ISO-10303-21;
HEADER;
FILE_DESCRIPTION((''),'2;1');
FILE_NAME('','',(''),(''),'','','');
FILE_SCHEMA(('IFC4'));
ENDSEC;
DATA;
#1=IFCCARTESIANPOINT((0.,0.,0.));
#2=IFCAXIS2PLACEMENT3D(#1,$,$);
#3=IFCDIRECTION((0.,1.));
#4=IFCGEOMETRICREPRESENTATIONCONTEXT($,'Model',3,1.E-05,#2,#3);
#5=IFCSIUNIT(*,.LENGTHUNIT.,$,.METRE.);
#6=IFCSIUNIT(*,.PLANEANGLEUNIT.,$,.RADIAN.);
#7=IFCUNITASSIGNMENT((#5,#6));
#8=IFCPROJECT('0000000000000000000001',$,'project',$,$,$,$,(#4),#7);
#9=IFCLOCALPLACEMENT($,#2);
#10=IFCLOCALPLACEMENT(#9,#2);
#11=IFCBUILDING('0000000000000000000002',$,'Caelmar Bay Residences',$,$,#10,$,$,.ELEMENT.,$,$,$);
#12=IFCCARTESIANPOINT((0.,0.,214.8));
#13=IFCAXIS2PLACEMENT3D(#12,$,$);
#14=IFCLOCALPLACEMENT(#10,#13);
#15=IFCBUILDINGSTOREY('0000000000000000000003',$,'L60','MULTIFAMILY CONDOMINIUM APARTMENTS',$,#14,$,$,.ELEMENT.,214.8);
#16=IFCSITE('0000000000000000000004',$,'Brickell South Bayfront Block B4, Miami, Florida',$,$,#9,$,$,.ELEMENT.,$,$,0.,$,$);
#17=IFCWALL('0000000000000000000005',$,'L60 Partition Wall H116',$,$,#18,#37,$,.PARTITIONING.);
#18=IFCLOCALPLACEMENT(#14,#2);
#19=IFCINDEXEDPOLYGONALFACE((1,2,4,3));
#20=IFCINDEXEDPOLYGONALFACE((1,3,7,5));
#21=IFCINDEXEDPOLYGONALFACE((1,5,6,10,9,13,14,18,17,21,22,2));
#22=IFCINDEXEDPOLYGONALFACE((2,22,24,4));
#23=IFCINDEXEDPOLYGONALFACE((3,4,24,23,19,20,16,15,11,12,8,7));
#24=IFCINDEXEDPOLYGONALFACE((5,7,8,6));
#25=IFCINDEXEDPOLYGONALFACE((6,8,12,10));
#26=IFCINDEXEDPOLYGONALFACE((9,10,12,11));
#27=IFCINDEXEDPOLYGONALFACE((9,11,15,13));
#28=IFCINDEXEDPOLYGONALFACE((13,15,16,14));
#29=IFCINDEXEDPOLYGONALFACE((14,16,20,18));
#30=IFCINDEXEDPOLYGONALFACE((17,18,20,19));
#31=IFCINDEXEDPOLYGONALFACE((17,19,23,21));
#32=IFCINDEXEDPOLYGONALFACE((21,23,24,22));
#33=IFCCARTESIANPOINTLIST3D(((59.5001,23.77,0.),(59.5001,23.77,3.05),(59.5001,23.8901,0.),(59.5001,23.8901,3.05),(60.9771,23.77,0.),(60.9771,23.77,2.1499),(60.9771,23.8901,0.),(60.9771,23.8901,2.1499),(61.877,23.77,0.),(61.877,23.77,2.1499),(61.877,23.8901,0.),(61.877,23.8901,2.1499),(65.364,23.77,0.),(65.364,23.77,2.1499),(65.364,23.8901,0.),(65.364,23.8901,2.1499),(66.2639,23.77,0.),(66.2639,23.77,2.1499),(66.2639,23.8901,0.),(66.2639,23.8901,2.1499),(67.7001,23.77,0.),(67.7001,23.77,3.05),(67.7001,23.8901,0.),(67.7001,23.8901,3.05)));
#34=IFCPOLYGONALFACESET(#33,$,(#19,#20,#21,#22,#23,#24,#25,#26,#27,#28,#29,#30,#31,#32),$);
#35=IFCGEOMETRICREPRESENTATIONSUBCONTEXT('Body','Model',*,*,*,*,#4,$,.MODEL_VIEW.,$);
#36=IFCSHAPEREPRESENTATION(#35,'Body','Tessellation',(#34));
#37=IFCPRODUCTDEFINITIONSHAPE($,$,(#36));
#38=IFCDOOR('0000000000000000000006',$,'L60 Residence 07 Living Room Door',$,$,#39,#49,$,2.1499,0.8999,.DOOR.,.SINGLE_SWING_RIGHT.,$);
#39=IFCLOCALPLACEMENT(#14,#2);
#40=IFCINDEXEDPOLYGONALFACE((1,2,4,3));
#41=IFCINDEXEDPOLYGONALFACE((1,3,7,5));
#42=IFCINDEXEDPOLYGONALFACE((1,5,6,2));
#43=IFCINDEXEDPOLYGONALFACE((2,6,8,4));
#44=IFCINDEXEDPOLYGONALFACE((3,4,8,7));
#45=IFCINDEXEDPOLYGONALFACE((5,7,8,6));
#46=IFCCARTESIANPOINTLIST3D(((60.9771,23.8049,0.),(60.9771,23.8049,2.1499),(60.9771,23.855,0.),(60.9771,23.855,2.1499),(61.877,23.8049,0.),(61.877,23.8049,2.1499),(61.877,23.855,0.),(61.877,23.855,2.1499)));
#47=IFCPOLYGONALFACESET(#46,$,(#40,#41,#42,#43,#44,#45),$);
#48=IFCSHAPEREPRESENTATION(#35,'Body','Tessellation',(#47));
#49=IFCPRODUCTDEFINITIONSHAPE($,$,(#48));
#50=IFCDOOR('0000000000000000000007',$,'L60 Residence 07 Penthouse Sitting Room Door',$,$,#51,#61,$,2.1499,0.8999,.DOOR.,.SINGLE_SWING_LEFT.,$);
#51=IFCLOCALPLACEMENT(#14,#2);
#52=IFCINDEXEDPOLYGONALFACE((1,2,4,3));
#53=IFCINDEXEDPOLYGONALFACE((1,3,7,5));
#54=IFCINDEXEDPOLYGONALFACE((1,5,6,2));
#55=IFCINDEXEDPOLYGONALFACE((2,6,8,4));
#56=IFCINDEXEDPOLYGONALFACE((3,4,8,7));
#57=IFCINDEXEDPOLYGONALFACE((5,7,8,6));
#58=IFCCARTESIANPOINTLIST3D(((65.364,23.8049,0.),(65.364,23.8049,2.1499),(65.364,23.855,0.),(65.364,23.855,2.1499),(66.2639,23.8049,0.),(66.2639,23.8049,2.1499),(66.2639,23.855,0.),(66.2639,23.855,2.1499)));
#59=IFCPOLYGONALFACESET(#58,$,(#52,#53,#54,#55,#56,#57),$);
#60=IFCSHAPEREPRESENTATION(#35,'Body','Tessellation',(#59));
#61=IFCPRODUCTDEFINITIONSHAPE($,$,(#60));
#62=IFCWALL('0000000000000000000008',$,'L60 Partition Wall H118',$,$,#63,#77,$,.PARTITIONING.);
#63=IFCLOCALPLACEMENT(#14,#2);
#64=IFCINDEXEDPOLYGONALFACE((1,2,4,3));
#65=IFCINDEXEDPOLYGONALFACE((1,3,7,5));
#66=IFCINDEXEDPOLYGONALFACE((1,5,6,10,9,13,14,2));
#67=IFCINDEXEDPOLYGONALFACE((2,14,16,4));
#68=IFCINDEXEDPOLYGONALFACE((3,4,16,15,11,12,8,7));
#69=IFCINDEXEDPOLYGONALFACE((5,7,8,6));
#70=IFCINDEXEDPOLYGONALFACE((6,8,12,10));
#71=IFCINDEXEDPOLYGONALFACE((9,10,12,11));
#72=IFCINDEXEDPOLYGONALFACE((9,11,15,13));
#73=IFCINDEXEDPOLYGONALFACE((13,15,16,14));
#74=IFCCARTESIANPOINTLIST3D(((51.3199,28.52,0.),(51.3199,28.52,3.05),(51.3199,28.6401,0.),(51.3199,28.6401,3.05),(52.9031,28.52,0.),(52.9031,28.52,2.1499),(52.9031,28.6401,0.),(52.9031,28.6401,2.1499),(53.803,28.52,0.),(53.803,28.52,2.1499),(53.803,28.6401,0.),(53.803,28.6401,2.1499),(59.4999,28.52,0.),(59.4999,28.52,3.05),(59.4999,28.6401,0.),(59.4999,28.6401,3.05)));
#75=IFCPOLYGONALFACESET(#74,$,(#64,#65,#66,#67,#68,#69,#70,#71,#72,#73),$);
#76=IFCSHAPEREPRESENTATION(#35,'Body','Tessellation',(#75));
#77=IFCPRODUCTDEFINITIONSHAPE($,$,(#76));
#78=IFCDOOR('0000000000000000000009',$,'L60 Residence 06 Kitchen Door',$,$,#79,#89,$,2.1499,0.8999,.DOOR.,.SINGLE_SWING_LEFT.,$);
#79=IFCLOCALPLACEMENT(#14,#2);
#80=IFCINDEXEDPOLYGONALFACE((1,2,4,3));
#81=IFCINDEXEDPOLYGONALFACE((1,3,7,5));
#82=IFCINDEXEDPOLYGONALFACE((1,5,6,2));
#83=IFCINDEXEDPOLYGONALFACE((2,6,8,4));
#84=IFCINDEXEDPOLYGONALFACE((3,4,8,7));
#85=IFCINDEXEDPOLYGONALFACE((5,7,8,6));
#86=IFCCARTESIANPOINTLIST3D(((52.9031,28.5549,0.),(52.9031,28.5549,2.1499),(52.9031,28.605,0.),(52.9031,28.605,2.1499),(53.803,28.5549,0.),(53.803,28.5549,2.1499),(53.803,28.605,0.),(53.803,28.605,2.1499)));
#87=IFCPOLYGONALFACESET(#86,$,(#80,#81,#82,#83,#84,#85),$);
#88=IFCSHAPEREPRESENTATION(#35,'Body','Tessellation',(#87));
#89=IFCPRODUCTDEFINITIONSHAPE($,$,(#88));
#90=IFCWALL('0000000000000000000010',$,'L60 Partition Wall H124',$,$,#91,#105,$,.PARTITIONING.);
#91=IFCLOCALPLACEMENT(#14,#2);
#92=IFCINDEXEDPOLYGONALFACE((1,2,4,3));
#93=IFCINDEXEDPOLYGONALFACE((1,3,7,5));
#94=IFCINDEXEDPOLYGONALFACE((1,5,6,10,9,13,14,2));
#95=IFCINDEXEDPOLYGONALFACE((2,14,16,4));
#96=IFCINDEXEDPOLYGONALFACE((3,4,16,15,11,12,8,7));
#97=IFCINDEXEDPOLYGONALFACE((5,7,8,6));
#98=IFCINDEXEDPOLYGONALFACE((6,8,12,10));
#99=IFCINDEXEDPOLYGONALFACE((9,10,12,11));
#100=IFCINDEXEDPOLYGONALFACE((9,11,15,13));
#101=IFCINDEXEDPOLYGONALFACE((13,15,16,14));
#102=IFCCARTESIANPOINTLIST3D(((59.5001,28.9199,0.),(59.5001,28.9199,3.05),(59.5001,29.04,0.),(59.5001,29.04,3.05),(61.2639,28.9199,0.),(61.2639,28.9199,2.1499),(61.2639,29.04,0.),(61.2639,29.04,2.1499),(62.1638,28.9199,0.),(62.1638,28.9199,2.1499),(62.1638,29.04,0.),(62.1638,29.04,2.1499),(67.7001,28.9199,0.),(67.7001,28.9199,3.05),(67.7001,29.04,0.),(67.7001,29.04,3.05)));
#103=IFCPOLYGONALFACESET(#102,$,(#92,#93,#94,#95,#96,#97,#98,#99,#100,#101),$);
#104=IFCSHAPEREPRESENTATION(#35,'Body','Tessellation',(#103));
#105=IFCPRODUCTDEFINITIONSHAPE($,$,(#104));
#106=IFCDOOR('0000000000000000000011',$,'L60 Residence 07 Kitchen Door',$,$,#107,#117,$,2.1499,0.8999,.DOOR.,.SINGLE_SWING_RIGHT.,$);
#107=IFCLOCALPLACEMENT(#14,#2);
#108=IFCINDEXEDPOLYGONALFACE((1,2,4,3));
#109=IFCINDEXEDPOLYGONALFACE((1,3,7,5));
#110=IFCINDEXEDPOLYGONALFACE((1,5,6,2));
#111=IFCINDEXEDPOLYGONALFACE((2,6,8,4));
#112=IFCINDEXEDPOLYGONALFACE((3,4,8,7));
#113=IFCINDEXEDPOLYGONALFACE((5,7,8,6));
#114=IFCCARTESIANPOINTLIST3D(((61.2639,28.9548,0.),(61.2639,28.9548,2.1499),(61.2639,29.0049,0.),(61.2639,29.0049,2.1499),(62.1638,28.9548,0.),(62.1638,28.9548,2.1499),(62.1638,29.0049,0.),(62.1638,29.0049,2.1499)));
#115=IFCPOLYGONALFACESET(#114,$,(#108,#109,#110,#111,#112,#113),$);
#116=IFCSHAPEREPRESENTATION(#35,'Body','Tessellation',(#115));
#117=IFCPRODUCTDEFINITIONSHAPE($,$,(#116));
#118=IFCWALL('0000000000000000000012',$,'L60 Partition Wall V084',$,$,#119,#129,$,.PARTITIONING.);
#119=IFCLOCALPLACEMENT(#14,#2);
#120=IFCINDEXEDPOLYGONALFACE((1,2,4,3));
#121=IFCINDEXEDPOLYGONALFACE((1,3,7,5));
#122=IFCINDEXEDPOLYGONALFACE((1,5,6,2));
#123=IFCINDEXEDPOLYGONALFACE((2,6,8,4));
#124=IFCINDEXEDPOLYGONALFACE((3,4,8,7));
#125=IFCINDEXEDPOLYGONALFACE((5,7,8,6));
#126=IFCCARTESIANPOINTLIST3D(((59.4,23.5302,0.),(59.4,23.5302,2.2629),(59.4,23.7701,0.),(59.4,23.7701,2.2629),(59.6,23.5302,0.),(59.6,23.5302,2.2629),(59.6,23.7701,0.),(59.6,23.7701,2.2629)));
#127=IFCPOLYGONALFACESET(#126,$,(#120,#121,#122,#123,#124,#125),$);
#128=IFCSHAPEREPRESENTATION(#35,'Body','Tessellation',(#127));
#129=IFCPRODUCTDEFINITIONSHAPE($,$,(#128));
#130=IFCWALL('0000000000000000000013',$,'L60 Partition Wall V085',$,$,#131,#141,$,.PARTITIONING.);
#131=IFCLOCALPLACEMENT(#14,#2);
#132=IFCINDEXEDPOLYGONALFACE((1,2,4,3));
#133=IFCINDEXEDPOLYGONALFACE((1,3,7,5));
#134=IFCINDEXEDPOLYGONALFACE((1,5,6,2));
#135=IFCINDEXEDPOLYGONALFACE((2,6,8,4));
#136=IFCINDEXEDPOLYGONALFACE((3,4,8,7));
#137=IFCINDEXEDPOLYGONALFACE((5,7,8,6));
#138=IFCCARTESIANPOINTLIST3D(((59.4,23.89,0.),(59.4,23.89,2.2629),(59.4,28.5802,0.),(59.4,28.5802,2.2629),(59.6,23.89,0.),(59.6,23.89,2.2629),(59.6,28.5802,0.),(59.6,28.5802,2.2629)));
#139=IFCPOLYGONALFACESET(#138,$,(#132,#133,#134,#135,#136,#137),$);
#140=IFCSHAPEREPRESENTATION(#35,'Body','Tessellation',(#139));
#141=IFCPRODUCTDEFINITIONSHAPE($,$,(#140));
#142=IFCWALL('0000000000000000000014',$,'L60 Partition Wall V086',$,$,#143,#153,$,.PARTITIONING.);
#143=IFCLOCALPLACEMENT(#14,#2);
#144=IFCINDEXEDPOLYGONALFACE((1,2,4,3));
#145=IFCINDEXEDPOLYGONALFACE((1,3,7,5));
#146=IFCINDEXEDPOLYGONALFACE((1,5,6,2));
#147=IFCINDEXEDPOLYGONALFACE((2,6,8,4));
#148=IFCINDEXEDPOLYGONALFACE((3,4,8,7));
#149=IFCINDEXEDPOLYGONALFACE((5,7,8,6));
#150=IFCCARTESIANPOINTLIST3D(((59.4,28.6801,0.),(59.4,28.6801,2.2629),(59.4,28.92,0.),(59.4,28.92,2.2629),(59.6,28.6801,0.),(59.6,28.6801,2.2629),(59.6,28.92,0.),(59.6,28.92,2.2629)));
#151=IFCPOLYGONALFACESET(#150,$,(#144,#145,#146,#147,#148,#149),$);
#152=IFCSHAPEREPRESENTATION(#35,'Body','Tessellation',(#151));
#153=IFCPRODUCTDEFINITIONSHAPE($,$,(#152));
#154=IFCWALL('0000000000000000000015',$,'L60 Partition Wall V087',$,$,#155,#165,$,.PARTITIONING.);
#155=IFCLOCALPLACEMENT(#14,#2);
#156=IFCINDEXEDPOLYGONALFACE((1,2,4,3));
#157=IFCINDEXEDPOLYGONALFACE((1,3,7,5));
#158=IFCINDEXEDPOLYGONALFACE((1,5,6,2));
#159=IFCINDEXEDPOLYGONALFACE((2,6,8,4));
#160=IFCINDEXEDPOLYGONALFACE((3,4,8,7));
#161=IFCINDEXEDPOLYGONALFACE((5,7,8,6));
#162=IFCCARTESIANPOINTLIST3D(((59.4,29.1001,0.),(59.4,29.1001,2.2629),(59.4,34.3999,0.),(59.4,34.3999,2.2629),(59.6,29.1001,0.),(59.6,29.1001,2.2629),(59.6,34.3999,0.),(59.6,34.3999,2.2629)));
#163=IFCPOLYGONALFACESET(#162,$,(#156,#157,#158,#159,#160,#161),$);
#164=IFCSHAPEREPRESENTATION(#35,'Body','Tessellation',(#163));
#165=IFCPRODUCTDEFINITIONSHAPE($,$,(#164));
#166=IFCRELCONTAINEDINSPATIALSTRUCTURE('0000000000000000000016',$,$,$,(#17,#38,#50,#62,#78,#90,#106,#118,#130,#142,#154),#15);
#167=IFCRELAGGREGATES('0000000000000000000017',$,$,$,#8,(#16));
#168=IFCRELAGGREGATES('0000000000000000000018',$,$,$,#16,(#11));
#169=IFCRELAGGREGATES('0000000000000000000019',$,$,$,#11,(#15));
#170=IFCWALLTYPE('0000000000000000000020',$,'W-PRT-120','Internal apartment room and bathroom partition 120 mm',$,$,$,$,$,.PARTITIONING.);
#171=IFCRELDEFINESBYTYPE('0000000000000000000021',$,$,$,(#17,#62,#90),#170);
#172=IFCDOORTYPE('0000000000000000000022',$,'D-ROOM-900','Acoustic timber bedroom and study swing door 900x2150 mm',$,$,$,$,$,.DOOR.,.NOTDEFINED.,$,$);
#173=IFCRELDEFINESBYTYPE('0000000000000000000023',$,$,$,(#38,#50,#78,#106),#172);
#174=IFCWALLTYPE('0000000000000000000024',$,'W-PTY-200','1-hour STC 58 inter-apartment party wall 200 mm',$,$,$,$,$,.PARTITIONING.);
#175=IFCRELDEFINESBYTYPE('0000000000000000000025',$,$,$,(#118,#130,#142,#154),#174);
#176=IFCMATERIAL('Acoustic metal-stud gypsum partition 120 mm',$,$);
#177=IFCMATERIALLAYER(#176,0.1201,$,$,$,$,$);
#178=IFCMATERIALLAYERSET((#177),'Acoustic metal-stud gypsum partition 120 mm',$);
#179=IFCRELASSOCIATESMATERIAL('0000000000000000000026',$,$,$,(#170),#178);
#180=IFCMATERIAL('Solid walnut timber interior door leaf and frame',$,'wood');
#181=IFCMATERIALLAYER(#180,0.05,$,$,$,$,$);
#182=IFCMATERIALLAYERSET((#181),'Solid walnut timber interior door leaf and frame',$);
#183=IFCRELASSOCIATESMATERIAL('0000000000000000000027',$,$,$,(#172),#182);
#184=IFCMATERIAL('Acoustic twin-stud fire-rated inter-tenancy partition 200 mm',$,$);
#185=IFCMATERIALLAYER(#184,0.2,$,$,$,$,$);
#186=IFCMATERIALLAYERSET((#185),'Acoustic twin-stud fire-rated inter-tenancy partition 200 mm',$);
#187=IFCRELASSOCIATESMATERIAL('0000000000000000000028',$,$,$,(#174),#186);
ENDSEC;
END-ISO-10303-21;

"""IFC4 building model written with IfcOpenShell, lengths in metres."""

from ifc_helpers import new_model, si_unit, direction, frame, frame_2d, origin, place, context, subcontext, project, spatial, rectangle, extrude, material, layer, layer_set, type_object, element, fill, save


model = new_model("IFC4")

# Units and contexts
model_context = context("Model", 3, precision=1e-05, world=origin(), true_north=direction((0.0, 1.0)))
body_context = subcontext(model_context, "Body", "Model", "MODEL_VIEW")
ifc_project = project(units=[si_unit("LENGTHUNIT", "METRE"), si_unit("PLANEANGLEUNIT", "RADIAN")], contexts=[model_context])

# Site, building, storey
site_placement = place(None, origin())
site = spatial("IfcSite", under=ifc_project, at=site_placement, Name="Brickell South Bayfront Block B4, Miami, Florida", CompositionType="ELEMENT", RefElevation=0.0)
building_placement = place(site_placement, origin())
building = spatial("IfcBuilding", under=site, at=building_placement, Name="Caelmar Bay Residences", CompositionType="ELEMENT")
storey_placement = place(building_placement, frame((0.0, 0.0, 214.8)))
storey = spatial("IfcBuildingStorey", under=building, at=storey_placement, Name="L60", Description="MULTIFAMILY CONDOMINIUM APARTMENTS", CompositionType="ELEMENT", Elevation=214.8)

# Shared definitions
ifc_material_1 = material(Name="Acoustic metal-stud gypsum partition 120 mm")
ifc_layer_1 = layer(ifc_material_1, 0.1201)
ifc_layer_set_1 = layer_set([ifc_layer_1], Name="Acoustic metal-stud gypsum partition 120 mm")
wall_type_1 = type_object("IfcWallType", Name="W-PRT-120", Description="Internal apartment room and bathroom partition 120 mm", PredefinedType="PARTITIONING", material=ifc_layer_set_1)
ifc_material_2 = material(Name="Solid walnut timber interior door leaf and frame", Category="wood")
ifc_layer_2 = layer(ifc_material_2, 0.05)
ifc_layer_set_2 = layer_set([ifc_layer_2], Name="Solid walnut timber interior door leaf and frame")
door_type_1 = type_object("IfcDoorType", Name="D-ROOM-900", Description="Acoustic timber bedroom and study swing door 900x2150 mm", OperationType="NOTDEFINED", PredefinedType="DOOR", material=ifc_layer_set_2)

# Wall, openings, doors
wall_1_placement = place(storey_placement, frame((59.5, 23.8301, 0.0), z_axis=(0.0, 0.0, 1.0), x_axis=(1.0, 0.0, 0.0)))
wall_1 = element("IfcWall", 1, at=wall_1_placement, inside=storey, type_object=wall_type_1, Name="L60 Partition Wall H116", PredefinedType="PARTITIONING", context=body_context, shape_type="SweptSolid", body=[
    extrude(rectangle(XDim=8.2, YDim=0.1201, at=frame_2d((4.1001, 0.0))), origin(), (0.0, 0.0, 1.0), 3.05),
])
opening_1_placement = place(wall_1_placement, frame((1.4771, 0.0, 0.0)))
opening_1 = element("IfcOpeningElement", 2, at=opening_1_placement, cuts=wall_1, PredefinedType="OPENING", context=body_context, shape_type="SweptSolid", body=[
    extrude(rectangle(XDim=0.8999, YDim=2.1499, at=frame_2d((0.45, 1.075))), frame((0.0, 0.0701, 0.0), z_axis=(0.0, -1.0, 0.0), x_axis=(1.0, 0.0, 0.0)), (0.0, 0.0, 1.0), 0.1401),
])
opening_2_placement = place(wall_1_placement, frame((5.864, 0.0, 0.0)))
opening_2 = element("IfcOpeningElement", 3, at=opening_2_placement, cuts=wall_1, PredefinedType="OPENING", context=body_context, shape_type="SweptSolid", body=[
    extrude(rectangle(XDim=0.8999, YDim=2.1499, at=frame_2d((0.45, 1.075))), frame((0.0, 0.0701, 0.0), z_axis=(0.0, -1.0, 0.0), x_axis=(1.0, 0.0, 0.0)), (0.0, 0.0, 1.0), 0.1401),
])
door_1_placement = place(opening_1_placement, origin())
door_1 = element("IfcDoor", 4, at=door_1_placement, inside=storey, type_object=door_type_1, Name="L60 Residence 07 Living Room Door", OperationType="SINGLE_SWING_RIGHT", OverallHeight=2.1499, OverallWidth=0.8999, PredefinedType="DOOR", context=body_context, shape_type="SweptSolid", body=[
    extrude(rectangle(XDim=0.8999, YDim=2.1499, at=frame_2d((0.45, 1.075))), frame((0.0, 0.0249, 0.0), z_axis=(0.0, -1.0, 0.0), x_axis=(1.0, 0.0, 0.0)), (0.0, 0.0, 1.0), 0.05),
])
fill(opening_1, door_1)
door_2_placement = place(opening_2_placement, origin())
door_2 = element("IfcDoor", 5, at=door_2_placement, inside=storey, type_object=door_type_1, Name="L60 Residence 07 Penthouse Sitting Room Door", OperationType="SINGLE_SWING_LEFT", OverallHeight=2.1499, OverallWidth=0.8999, PredefinedType="DOOR", context=body_context, shape_type="SweptSolid", body=[
    extrude(rectangle(XDim=0.8999, YDim=2.1499, at=frame_2d((0.45, 1.075))), frame((0.0, 0.0249, 0.0), z_axis=(0.0, -1.0, 0.0), x_axis=(1.0, 0.0, 0.0)), (0.0, 0.0, 1.0), 0.05),
])
fill(opening_2, door_2)

# Walls, openings, doors
wall_2_placement = place(storey_placement, frame((51.3201, 28.5801, 0.0), z_axis=(0.0, 0.0, 1.0), x_axis=(1.0, 0.0, 0.0)))
wall_2 = element("IfcWall", 6, at=wall_2_placement, inside=storey, type_object=wall_type_1, Name="L60 Partition Wall H118", PredefinedType="PARTITIONING", context=body_context, shape_type="SweptSolid", body=[
    extrude(rectangle(XDim=8.1799, YDim=0.1201, at=frame_2d((4.0898, 0.0))), origin(), (0.0, 0.0, 1.0), 3.05),
])
opening_3_placement = place(wall_2_placement, frame((1.583, 0.0, 0.0)))
opening_3 = element("IfcOpeningElement", 7, at=opening_3_placement, cuts=wall_2, PredefinedType="OPENING", context=body_context, shape_type="SweptSolid", body=[
    extrude(rectangle(XDim=0.8999, YDim=2.1499, at=frame_2d((0.45, 1.075))), frame((0.0, 0.0701, 0.0), z_axis=(0.0, -1.0, 0.0), x_axis=(1.0, 0.0, 0.0)), (0.0, 0.0, 1.0), 0.1401),
])
door_3_placement = place(opening_3_placement, origin())
door_3 = element("IfcDoor", 8, at=door_3_placement, inside=storey, type_object=door_type_1, Name="L60 Residence 06 Kitchen Door", OperationType="SINGLE_SWING_LEFT", OverallHeight=2.1499, OverallWidth=0.8999, PredefinedType="DOOR", context=body_context, shape_type="SweptSolid", body=[
    extrude(rectangle(XDim=0.8999, YDim=2.1499, at=frame_2d((0.45, 1.075))), frame((0.0, 0.0249, 0.0), z_axis=(0.0, -1.0, 0.0), x_axis=(1.0, 0.0, 0.0)), (0.0, 0.0, 1.0), 0.05),
])
fill(opening_3, door_3)
wall_3_placement = place(storey_placement, frame((59.5, 28.98, 0.0), z_axis=(0.0, 0.0, 1.0), x_axis=(1.0, 0.0, 0.0)))
wall_3 = element("IfcWall", 9, at=wall_3_placement, inside=storey, type_object=wall_type_1, Name="L60 Partition Wall H124", PredefinedType="PARTITIONING", context=body_context, shape_type="SweptSolid", body=[
    extrude(rectangle(XDim=8.2, YDim=0.1201, at=frame_2d((4.1001, 0.0))), origin(), (0.0, 0.0, 1.0), 3.05),
])
opening_4_placement = place(wall_3_placement, frame((1.7639, 0.0, 0.0)))
opening_4 = element("IfcOpeningElement", 10, at=opening_4_placement, cuts=wall_3, PredefinedType="OPENING", context=body_context, shape_type="SweptSolid", body=[
    extrude(rectangle(XDim=0.8999, YDim=2.1499, at=frame_2d((0.45, 1.075))), frame((0.0, 0.0701, 0.0), z_axis=(0.0, -1.0, 0.0), x_axis=(1.0, 0.0, 0.0)), (0.0, 0.0, 1.0), 0.1401),
])
door_4_placement = place(opening_4_placement, origin())
door_4 = element("IfcDoor", 11, at=door_4_placement, inside=storey, type_object=door_type_1, Name="L60 Residence 07 Kitchen Door", OperationType="SINGLE_SWING_RIGHT", OverallHeight=2.1499, OverallWidth=0.8999, PredefinedType="DOOR", context=body_context, shape_type="SweptSolid", body=[
    extrude(rectangle(XDim=0.8999, YDim=2.1499, at=frame_2d((0.45, 1.075))), frame((0.0, 0.0249, 0.0), z_axis=(0.0, -1.0, 0.0), x_axis=(1.0, 0.0, 0.0)), (0.0, 0.0, 1.0), 0.05),
])
fill(opening_4, door_4)

# Walls
ifc_material_3 = material(Name="Acoustic twin-stud fire-rated inter-tenancy partition 200 mm")
ifc_layer_3 = layer(ifc_material_3, 0.2)
ifc_layer_set_3 = layer_set([ifc_layer_3], Name="Acoustic twin-stud fire-rated inter-tenancy partition 200 mm")
wall_type_2 = type_object("IfcWallType", Name="W-PTY-200", Description="1-hour STC 58 inter-apartment party wall 200 mm", PredefinedType="PARTITIONING", material=ifc_layer_set_3)
wall_4_placement = place(storey_placement, frame((59.5, 23.53, 0.0), z_axis=(0.0, 0.0, 1.0), x_axis=(0.0, 1.0, 0.0)))
element("IfcWall", 12, at=wall_4_placement, inside=storey, type_object=wall_type_2, Name="L60 Partition Wall V084", PredefinedType="PARTITIONING", context=body_context, shape_type="SweptSolid", body=[
    extrude(rectangle(XDim=0.24, YDim=0.2, at=frame_2d((0.1201, 0.0))), origin(), (0.0, 0.0, 1.0), 2.2629),
])
wall_5_placement = place(storey_placement, frame((59.5, 23.8899, 0.0), z_axis=(0.0, 0.0, 1.0), x_axis=(0.0, 1.0, 0.0)))
element("IfcWall", 13, at=wall_5_placement, inside=storey, type_object=wall_type_2, Name="L60 Partition Wall V085", PredefinedType="PARTITIONING", context=body_context, shape_type="SweptSolid", body=[
    extrude(rectangle(XDim=4.6902, YDim=0.2, at=frame_2d((2.3452, 0.0))), origin(), (0.0, 0.0, 1.0), 2.2629),
])
wall_6_placement = place(storey_placement, frame((59.5, 28.6799, 0.0), z_axis=(0.0, 0.0, 1.0), x_axis=(0.0, 1.0, 0.0)))
element("IfcWall", 14, at=wall_6_placement, inside=storey, type_object=wall_type_2, Name="L60 Partition Wall V086", PredefinedType="PARTITIONING", context=body_context, shape_type="SweptSolid", body=[
    extrude(rectangle(XDim=0.24, YDim=0.2, at=frame_2d((0.1201, 0.0))), origin(), (0.0, 0.0, 1.0), 2.2629),
])
wall_7_placement = place(storey_placement, frame((59.5, 29.1001, 0.0), z_axis=(0.0, 0.0, 1.0), x_axis=(0.0, 1.0, 0.0)))
element("IfcWall", 15, at=wall_7_placement, inside=storey, type_object=wall_type_2, Name="L60 Partition Wall V087", PredefinedType="PARTITIONING", context=body_context, shape_type="SweptSolid", body=[
    extrude(rectangle(XDim=5.2998, YDim=0.2, at=frame_2d((2.6499, 0.0))), origin(), (0.0, 0.0, 1.0), 2.2629),
])

save(model, "model.ifc")
